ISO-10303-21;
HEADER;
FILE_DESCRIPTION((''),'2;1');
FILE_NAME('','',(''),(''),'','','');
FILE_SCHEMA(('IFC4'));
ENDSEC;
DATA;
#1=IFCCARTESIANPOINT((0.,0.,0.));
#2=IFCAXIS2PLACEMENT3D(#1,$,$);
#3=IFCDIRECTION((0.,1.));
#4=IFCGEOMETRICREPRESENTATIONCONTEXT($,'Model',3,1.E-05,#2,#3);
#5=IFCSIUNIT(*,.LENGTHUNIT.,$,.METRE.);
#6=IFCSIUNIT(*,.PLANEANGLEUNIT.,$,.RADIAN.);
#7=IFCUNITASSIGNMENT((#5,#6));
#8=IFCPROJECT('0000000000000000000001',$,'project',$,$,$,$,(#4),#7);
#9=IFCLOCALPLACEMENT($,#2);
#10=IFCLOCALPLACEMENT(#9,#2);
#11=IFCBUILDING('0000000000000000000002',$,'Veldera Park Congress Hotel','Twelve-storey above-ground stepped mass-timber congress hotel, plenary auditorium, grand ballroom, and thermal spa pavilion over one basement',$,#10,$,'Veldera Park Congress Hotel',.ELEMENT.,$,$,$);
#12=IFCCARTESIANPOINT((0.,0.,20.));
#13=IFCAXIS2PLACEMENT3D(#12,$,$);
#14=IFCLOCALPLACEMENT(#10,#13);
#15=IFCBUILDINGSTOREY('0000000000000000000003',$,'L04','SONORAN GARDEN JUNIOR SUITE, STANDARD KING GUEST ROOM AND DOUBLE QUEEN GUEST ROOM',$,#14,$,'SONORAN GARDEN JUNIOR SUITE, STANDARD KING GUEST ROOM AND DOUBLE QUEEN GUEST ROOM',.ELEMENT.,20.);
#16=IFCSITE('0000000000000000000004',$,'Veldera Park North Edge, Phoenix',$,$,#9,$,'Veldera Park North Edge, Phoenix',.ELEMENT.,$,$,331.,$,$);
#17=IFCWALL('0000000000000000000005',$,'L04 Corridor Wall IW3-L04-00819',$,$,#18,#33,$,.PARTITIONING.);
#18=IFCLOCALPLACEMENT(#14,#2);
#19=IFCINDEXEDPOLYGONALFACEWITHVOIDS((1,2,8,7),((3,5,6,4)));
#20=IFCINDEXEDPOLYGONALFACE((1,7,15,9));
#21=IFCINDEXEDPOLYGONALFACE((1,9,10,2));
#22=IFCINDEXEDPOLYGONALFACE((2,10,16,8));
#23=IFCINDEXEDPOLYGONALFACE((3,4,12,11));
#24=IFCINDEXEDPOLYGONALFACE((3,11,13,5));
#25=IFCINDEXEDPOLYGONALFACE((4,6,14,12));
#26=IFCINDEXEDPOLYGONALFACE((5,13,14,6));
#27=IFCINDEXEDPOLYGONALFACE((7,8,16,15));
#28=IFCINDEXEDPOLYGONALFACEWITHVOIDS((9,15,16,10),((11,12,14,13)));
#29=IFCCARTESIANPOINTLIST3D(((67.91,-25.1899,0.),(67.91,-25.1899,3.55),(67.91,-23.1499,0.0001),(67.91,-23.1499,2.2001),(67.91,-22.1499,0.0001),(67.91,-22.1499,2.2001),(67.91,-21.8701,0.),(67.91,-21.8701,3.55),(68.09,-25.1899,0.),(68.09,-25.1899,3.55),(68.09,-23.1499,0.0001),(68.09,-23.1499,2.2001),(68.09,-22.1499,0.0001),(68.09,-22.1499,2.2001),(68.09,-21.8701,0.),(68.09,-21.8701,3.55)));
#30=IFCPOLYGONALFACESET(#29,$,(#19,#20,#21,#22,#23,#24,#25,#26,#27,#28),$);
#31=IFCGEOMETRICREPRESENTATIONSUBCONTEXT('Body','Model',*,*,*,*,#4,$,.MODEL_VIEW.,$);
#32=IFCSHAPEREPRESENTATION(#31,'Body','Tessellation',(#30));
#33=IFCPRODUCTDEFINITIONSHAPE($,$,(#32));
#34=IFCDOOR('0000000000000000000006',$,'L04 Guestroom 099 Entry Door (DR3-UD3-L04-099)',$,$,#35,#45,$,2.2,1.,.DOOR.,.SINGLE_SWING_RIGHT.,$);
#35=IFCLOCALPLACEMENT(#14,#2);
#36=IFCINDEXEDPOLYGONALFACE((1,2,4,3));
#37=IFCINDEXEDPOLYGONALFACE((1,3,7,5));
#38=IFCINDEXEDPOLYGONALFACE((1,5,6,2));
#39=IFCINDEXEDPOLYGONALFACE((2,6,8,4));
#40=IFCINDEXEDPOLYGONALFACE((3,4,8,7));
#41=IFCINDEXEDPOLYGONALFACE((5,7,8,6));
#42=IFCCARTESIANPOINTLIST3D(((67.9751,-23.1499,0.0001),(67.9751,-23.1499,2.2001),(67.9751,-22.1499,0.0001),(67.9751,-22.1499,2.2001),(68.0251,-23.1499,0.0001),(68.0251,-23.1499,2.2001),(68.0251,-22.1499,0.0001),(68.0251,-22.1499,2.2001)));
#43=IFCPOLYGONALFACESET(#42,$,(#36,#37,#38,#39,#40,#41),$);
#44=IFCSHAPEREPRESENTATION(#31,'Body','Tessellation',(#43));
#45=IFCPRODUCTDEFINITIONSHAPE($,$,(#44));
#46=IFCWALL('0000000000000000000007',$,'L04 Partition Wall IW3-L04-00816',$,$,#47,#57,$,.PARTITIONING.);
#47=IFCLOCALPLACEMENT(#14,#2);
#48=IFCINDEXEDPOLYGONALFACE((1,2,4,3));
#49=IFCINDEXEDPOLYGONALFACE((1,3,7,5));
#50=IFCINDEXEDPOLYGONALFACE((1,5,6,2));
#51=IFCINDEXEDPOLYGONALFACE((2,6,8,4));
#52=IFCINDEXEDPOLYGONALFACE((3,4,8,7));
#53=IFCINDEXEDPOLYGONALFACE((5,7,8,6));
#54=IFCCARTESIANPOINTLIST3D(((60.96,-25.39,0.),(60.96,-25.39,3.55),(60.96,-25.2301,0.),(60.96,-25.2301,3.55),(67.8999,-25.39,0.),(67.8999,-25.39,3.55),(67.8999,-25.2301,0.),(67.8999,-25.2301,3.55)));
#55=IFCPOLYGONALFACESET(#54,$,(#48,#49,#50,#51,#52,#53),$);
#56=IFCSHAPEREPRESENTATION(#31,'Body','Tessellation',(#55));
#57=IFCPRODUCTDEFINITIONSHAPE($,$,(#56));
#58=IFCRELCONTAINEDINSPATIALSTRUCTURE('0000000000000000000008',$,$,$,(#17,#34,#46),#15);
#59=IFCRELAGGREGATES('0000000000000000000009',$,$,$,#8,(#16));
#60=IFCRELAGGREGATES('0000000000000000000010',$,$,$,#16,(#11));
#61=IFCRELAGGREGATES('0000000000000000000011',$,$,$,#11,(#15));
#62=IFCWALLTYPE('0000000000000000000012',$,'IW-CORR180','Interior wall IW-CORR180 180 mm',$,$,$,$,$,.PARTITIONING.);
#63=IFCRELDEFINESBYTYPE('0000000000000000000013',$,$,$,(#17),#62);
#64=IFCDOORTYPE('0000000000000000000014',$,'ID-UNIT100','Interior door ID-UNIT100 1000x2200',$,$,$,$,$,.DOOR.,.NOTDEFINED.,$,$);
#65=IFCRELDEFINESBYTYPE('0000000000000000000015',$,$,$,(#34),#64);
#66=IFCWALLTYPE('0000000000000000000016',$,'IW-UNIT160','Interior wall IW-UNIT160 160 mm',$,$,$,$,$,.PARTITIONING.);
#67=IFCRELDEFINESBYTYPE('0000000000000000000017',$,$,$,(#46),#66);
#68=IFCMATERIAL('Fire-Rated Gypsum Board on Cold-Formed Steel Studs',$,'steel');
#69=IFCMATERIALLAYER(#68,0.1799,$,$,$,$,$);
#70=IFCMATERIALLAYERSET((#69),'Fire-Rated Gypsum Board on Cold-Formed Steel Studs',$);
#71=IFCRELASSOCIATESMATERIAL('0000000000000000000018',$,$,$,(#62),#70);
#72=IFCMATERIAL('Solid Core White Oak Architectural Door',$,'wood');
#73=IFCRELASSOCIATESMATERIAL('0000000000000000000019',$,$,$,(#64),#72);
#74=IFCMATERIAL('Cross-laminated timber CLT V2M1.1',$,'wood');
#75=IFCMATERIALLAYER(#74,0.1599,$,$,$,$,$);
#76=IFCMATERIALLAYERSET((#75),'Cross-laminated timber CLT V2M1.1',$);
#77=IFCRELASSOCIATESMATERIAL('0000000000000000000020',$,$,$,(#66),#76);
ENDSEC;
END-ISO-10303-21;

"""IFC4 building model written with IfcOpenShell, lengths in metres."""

from ifc_helpers import new_model, si_unit, direction, frame, frame_2d, origin, place, context, subcontext, project, spatial, rectangle, extrude, material, layer, layer_set, type_object, element, fill, save


model = new_model("IFC4")

# Units and contexts
model_context = context("Model", 3, precision=1e-05, world=origin(), true_north=direction((0.0, 1.0)))
body_context = subcontext(model_context, "Body", "Model", "MODEL_VIEW")
ifc_project = project(units=[si_unit("LENGTHUNIT", "METRE"), si_unit("PLANEANGLEUNIT", "RADIAN")], contexts=[model_context])

# Site, building, storey
site_placement = place(None, origin())
site = spatial("IfcSite", under=ifc_project, at=site_placement, Name="Veldera Park North Edge, Phoenix", LongName="Veldera Park North Edge, Phoenix", CompositionType="ELEMENT", RefElevation=331.0)
building_placement = place(site_placement, origin())
building = spatial("IfcBuilding", under=site, at=building_placement, Name="Veldera Park Congress Hotel", Description="Twelve-storey above-ground stepped mass-timber congress hotel, plenary auditorium, grand ballroom, and thermal spa pavilion over one basement", LongName="Veldera Park Congress Hotel", CompositionType="ELEMENT")
storey_placement = place(building_placement, frame((0.0, 0.0, 20.0)))
storey = spatial("IfcBuildingStorey", under=building, at=storey_placement, Name="L04", Description="SONORAN GARDEN JUNIOR SUITE, STANDARD KING GUEST ROOM AND DOUBLE QUEEN GUEST ROOM", LongName="SONORAN GARDEN JUNIOR SUITE, STANDARD KING GUEST ROOM AND DOUBLE QUEEN GUEST ROOM", CompositionType="ELEMENT", Elevation=20.0)

# Shared definitions
ifc_material_1 = material(Name="Cross-laminated timber CLT V2M1.1", Category="wood")

# Wall, opening, door
ifc_material_2 = material(Name="Fire-Rated Gypsum Board on Cold-Formed Steel Studs", Category="steel")
ifc_material_3 = material(Name="Solid Core White Oak Architectural Door", Category="wood")
ifc_layer_1 = layer(ifc_material_2, 0.1799)
ifc_layer_set_1 = layer_set([ifc_layer_1], Name="Fire-Rated Gypsum Board on Cold-Formed Steel Studs")
wall_type_1 = type_object("IfcWallType", Name="IW-CORR180", Description="Interior wall IW-CORR180 180 mm", PredefinedType="PARTITIONING", material=ifc_layer_set_1)
wall_1_placement = place(storey_placement, frame((68.0, -25.1899, 0.0), z_axis=(0.0, 0.0, 1.0), x_axis=(0.0, 1.0, 0.0)))
wall_1 = element("IfcWall", 1, at=wall_1_placement, inside=storey, type_object=wall_type_1, Name="L04 Corridor Wall IW3-L04-00819", PredefinedType="PARTITIONING", context=body_context, shape_type="SweptSolid", body=[
    extrude(rectangle(XDim=3.3198, YDim=0.1799, at=frame_2d((1.6599, 0.0))), origin(), (0.0, 0.0, 1.0), 3.55),
])
opening_1_placement = place(wall_1_placement, frame((2.04, 0.0, 0.0)))
opening_1 = element("IfcOpeningElement", 2, at=opening_1_placement, cuts=wall_1, PredefinedType="OPENING", context=body_context, shape_type="SweptSolid", body=[
    extrude(rectangle(XDim=1.0, YDim=2.2, at=frame_2d((0.5, 1.1001))), frame((0.0, 0.1021, 0.0), z_axis=(0.0, -1.0, 0.0), x_axis=(1.0, 0.0, 0.0)), (0.0, 0.0, 1.0), 0.2039),
])
door_type_1 = type_object("IfcDoorType", Name="ID-UNIT100", Description="Interior door ID-UNIT100 1000x2200", OperationType="NOTDEFINED", PredefinedType="DOOR", material=ifc_material_3)
door_1_placement = place(opening_1_placement, origin())
door_1 = element("IfcDoor", 3, at=door_1_placement, inside=storey, type_object=door_type_1, Name="L04 Guestroom 099 Entry Door (DR3-UD3-L04-099)", OperationType="SINGLE_SWING_RIGHT", OverallHeight=2.2, OverallWidth=1.0, PredefinedType="DOOR", context=body_context, shape_type="SweptSolid", body=[
    extrude(rectangle(XDim=1.0, YDim=2.2, at=frame_2d((0.5, 1.1001))), frame((0.0, 0.0249, 0.0), z_axis=(0.0, -1.0, 0.0), x_axis=(1.0, 0.0, 0.0)), (0.0, 0.0, 1.0), 0.05),
])
fill(opening_1, door_1)

# Wall
ifc_layer_2 = layer(ifc_material_1, 0.1599)
ifc_layer_set_2 = layer_set([ifc_layer_2], Name="Cross-laminated timber CLT V2M1.1")
wall_type_2 = type_object("IfcWallType", Name="IW-UNIT160", Description="Interior wall IW-UNIT160 160 mm", PredefinedType="PARTITIONING", material=ifc_layer_set_2)
wall_2_placement = place(storey_placement, frame((60.96, -25.3101, 0.0), z_axis=(0.0, 0.0, 1.0), x_axis=(1.0, 0.0, 0.0)))
element("IfcWall", 4, at=wall_2_placement, inside=storey, type_object=wall_type_2, Name="L04 Partition Wall IW3-L04-00816", PredefinedType="PARTITIONING", context=body_context, shape_type="SweptSolid", body=[
    extrude(rectangle(XDim=6.9399, YDim=0.1599, at=frame_2d((3.47, 0.0))), origin(), (0.0, 0.0, 1.0), 3.55),
])

save(model, "model.ifc")
